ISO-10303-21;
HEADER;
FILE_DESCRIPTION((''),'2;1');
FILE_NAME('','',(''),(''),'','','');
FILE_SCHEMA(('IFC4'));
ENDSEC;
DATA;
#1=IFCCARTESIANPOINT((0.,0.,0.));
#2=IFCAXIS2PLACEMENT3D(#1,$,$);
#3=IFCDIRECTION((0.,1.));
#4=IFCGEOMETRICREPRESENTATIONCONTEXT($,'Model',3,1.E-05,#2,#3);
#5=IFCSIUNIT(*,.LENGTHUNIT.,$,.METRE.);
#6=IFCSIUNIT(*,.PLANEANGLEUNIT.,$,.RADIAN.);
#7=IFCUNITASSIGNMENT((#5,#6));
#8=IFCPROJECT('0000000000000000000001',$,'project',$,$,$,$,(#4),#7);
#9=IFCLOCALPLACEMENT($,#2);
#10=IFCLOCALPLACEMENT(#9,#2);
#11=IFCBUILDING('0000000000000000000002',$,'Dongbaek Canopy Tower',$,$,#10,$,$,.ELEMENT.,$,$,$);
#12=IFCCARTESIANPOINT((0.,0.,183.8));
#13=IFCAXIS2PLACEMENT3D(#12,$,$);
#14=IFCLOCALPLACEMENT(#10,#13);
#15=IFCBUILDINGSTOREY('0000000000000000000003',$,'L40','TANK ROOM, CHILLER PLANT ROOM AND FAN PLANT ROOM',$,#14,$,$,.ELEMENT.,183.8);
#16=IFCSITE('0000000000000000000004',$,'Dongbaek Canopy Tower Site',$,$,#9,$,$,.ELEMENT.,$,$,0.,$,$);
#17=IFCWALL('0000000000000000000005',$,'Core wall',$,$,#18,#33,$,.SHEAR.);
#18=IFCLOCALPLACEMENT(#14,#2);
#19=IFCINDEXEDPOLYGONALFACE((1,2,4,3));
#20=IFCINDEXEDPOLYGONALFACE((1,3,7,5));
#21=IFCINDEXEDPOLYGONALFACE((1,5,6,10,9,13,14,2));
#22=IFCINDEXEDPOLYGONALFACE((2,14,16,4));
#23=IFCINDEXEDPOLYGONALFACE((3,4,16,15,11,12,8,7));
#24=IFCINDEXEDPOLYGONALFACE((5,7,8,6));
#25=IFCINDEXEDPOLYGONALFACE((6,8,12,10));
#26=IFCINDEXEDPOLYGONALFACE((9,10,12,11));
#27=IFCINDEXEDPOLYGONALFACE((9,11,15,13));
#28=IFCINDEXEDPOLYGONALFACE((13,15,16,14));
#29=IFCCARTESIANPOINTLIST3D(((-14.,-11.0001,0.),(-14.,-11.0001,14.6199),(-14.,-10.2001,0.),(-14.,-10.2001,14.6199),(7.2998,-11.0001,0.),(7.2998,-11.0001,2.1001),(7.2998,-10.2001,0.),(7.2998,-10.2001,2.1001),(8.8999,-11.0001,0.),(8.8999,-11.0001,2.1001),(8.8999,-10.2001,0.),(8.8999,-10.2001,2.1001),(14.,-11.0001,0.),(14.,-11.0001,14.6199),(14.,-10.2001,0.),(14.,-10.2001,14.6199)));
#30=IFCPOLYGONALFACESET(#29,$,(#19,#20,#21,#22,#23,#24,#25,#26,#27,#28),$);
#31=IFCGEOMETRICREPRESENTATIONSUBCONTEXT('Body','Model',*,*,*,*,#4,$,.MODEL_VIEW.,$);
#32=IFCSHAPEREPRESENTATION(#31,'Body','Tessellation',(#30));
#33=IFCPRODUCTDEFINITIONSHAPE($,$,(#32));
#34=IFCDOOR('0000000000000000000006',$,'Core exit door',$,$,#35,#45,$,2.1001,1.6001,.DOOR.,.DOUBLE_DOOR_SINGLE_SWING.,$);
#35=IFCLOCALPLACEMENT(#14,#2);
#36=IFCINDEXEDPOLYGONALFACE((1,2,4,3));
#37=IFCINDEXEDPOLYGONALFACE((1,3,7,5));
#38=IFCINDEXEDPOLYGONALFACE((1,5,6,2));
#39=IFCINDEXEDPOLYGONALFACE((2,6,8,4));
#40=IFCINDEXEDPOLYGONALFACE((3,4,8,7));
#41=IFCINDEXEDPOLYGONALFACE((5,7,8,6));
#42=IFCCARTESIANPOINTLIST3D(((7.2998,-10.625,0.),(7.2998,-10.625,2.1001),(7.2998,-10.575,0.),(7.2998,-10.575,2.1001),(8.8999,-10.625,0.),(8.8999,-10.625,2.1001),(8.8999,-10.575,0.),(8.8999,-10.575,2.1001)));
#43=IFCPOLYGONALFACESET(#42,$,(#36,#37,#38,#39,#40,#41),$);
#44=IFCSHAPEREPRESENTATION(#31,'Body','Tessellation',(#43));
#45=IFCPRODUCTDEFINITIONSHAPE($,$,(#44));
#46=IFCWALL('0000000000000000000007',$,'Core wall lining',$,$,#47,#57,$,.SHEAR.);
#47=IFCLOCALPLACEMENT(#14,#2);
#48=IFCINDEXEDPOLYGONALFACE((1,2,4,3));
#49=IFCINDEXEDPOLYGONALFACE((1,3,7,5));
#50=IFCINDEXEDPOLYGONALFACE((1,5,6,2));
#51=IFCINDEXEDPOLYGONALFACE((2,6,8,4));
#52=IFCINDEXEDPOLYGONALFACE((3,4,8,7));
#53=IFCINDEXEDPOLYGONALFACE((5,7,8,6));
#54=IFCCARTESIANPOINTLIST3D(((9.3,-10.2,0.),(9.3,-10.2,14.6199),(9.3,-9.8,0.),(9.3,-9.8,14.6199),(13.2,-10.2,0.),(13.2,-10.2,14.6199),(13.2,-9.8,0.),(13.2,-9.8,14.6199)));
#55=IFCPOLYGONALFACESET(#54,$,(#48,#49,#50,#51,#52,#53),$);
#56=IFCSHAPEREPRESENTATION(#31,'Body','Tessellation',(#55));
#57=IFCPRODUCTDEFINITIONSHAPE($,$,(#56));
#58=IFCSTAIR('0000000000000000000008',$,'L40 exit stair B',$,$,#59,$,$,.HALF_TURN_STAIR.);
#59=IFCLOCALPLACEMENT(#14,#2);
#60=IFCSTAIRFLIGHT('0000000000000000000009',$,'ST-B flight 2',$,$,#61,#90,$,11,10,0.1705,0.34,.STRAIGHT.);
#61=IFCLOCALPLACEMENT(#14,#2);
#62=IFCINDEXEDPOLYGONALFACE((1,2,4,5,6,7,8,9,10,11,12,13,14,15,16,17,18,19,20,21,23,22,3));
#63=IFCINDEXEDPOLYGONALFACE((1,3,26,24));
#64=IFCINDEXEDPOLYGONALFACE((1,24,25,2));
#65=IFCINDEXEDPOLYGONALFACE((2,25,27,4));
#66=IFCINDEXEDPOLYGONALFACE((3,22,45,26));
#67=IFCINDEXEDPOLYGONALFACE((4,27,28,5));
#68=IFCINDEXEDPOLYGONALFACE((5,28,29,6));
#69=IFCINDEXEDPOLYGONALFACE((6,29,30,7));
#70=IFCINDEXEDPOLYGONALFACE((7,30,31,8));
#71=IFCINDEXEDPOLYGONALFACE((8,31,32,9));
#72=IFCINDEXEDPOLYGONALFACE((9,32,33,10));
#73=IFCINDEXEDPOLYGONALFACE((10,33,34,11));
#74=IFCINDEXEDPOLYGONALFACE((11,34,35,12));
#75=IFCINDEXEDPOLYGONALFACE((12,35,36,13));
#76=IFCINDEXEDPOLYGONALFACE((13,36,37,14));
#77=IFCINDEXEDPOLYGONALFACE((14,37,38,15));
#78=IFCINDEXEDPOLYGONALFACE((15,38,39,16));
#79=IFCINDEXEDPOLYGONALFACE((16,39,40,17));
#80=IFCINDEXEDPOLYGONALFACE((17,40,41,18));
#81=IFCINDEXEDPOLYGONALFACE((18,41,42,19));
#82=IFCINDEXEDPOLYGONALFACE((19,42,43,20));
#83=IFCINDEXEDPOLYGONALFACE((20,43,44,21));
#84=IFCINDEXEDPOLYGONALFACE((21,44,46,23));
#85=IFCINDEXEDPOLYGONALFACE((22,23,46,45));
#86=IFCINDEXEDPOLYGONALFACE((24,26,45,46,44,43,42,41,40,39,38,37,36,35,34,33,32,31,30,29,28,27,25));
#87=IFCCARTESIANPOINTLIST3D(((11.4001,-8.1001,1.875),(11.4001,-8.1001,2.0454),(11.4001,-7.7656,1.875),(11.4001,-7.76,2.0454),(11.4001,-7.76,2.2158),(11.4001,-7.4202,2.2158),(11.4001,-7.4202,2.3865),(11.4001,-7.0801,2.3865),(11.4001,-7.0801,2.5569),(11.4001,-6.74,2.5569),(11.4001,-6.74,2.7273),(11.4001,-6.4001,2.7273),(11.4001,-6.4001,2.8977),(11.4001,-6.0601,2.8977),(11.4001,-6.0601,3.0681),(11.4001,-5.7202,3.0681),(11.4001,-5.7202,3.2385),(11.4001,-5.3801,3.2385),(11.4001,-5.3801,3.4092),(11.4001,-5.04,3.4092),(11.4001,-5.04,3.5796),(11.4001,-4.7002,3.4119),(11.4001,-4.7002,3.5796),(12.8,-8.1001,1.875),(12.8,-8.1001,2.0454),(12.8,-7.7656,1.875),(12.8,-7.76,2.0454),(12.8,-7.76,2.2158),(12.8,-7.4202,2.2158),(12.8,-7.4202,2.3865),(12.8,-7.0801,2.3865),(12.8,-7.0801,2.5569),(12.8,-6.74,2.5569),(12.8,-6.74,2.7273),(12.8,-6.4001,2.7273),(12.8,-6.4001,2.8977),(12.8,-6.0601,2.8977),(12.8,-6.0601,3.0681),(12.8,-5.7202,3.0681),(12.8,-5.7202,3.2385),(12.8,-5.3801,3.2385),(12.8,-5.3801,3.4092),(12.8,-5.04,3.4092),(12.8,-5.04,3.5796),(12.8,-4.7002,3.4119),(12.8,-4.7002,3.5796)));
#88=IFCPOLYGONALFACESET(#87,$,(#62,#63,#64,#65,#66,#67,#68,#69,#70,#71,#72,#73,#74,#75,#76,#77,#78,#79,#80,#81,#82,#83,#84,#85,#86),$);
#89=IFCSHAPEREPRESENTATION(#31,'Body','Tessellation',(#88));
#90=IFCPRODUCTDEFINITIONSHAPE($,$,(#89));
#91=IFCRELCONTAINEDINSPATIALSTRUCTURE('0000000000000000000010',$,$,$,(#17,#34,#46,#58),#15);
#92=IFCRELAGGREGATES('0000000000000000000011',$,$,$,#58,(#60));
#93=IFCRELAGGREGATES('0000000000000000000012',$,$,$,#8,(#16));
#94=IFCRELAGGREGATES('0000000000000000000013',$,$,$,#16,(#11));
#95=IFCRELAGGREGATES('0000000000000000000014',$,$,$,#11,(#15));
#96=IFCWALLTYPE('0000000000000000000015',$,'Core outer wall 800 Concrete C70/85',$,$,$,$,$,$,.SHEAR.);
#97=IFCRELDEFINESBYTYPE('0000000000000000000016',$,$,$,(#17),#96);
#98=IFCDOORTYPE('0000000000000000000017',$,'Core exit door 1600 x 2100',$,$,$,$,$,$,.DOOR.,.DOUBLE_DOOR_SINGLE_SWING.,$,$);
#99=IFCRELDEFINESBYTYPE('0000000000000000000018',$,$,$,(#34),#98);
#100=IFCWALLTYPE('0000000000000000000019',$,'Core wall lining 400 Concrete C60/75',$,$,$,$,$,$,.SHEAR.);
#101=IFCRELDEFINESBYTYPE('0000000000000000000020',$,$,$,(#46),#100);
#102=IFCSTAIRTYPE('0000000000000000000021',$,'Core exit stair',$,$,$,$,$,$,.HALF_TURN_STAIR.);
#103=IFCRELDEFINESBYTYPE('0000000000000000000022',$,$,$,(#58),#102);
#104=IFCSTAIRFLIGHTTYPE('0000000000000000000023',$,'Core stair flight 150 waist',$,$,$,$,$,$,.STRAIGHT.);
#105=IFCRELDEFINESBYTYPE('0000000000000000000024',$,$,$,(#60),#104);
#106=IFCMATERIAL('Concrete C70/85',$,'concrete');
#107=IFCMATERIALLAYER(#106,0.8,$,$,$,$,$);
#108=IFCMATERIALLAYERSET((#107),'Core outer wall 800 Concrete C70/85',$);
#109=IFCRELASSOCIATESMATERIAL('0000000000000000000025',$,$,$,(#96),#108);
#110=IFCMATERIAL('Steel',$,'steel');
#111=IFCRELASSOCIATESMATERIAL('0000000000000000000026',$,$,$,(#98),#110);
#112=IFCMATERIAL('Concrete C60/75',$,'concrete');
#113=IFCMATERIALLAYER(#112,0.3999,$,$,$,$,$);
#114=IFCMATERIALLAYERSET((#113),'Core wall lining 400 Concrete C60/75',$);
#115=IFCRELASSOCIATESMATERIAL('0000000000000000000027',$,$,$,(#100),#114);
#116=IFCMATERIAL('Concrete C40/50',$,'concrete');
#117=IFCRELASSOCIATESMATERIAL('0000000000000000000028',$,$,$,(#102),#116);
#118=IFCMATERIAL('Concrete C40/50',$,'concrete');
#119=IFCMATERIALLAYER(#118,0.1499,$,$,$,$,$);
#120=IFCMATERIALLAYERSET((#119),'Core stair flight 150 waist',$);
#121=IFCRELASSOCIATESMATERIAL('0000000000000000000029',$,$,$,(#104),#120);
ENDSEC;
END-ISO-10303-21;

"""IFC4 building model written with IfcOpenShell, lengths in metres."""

from ifc_helpers import new_model, si_unit, direction, frame, frame_2d, origin, place, context, subcontext, project, spatial, polyline, rectangle, outline, extrude, material, layer, layer_set, type_object, element, fill, aggregate, save


model = new_model("IFC4")

# Units and contexts
model_context = context("Model", 3, precision=1e-05, world=origin(), true_north=direction((0.0, 1.0)))
body_context = subcontext(model_context, "Body", "Model", "MODEL_VIEW")
ifc_project = project(units=[si_unit("LENGTHUNIT", "METRE"), si_unit("PLANEANGLEUNIT", "RADIAN")], contexts=[model_context])

# Site, building, storey
site_placement = place(None, origin())
site = spatial("IfcSite", under=ifc_project, at=site_placement, Name="Dongbaek Canopy Tower Site", CompositionType="ELEMENT", RefElevation=0.0)
building_placement = place(site_placement, origin())
building = spatial("IfcBuilding", under=site, at=building_placement, Name="Dongbaek Canopy Tower", CompositionType="ELEMENT")
storey_placement = place(building_placement, frame((0.0, 0.0, 183.8)))
storey = spatial("IfcBuildingStorey", under=building, at=storey_placement, Name="L40", Description="TANK ROOM, CHILLER PLANT ROOM AND FAN PLANT ROOM", CompositionType="ELEMENT", Elevation=183.8)

# Wall, opening, door
ifc_material_1 = material(Name="Concrete C70/85", Category="concrete")
ifc_layer_1 = layer(ifc_material_1, 0.8)
ifc_layer_set_1 = layer_set([ifc_layer_1], Name="Core outer wall 800 Concrete C70/85")
wall_type_1 = type_object("IfcWallType", Name="Core outer wall 800 Concrete C70/85", PredefinedType="SHEAR", material=ifc_layer_set_1)
wall_1_placement = place(storey_placement, frame((14.0, -10.6001, 0.0), z_axis=(0.0, 0.0, 1.0), x_axis=(-1.0, 0.0, 0.0)))
wall_1 = element("IfcWall", 1, at=wall_1_placement, inside=storey, type_object=wall_type_1, Name="Core wall", PredefinedType="SHEAR", context=body_context, shape_type="SweptSolid", body=[
    extrude(rectangle(XDim=28.0, YDim=0.8, at=frame_2d((14.0, 0.0))), origin(), (0.0, 0.0, 1.0), 14.6199),
])
opening_placement = place(wall_1_placement, frame((5.1001, 0.0, 0.0)))
opening = element("IfcOpeningElement", 2, at=opening_placement, cuts=wall_1, PredefinedType="OPENING", context=body_context, shape_type="SweptSolid", body=[
    extrude(rectangle(XDim=1.6001, YDim=2.1001, at=frame_2d((0.8, 1.05))), frame((0.0, 0.4099, 0.0), z_axis=(0.0, -1.0, 0.0), x_axis=(1.0, 0.0, 0.0)), (0.0, 0.0, 1.0), 0.8201),
])
ifc_material_2 = material(Name="Steel", Category="steel")
door_type = type_object("IfcDoorType", Name="Core exit door 1600 x 2100", OperationType="DOUBLE_DOOR_SINGLE_SWING", PredefinedType="DOOR", material=ifc_material_2)
door_placement = place(opening_placement, origin())
door = element("IfcDoor", 3, at=door_placement, inside=storey, type_object=door_type, Name="Core exit door", OperationType="DOUBLE_DOOR_SINGLE_SWING", OverallHeight=2.1001, OverallWidth=1.6001, PredefinedType="DOOR", context=body_context, shape_type="SweptSolid", body=[
    extrude(rectangle(XDim=1.6001, YDim=2.1001, at=frame_2d((0.8, 1.05))), frame((0.0, 0.0249, 0.0), z_axis=(0.0, -1.0, 0.0), x_axis=(1.0, 0.0, 0.0)), (0.0, 0.0, 1.0), 0.05),
])
fill(opening, door)

# Wall
ifc_material_3 = material(Name="Concrete C60/75", Category="concrete")
ifc_layer_2 = layer(ifc_material_3, 0.3999)
ifc_layer_set_2 = layer_set([ifc_layer_2], Name="Core wall lining 400 Concrete C60/75")
wall_type_2 = type_object("IfcWallType", Name="Core wall lining 400 Concrete C60/75", PredefinedType="SHEAR", material=ifc_layer_set_2)
wall_2_placement = place(storey_placement, frame((13.2, -10.0, 0.0), z_axis=(0.0, 0.0, 1.0), x_axis=(-1.0, 0.0, 0.0)))
element("IfcWall", 4, at=wall_2_placement, inside=storey, type_object=wall_type_2, Name="Core wall lining", PredefinedType="SHEAR", context=body_context, shape_type="SweptSolid", body=[
    extrude(rectangle(XDim=3.8999, YDim=0.3999, at=frame_2d((1.95, 0.0))), origin(), (0.0, 0.0, 1.0), 14.6199),
])

# Stair, stair flight
ifc_material_4 = material(Name="Concrete C40/50", Category="concrete")
stair_type = type_object("IfcStairType", Name="Core exit stair", PredefinedType="HALF_TURN_STAIR", material=ifc_material_4)
stair_placement = place(storey_placement, origin())
stair = element("IfcStair", 5, at=stair_placement, inside=storey, type_object=stair_type, Name="L40 exit stair B", PredefinedType="HALF_TURN_STAIR")
ifc_material_5 = material(Name="Concrete C40/50", Category="concrete")
ifc_layer_3 = layer(ifc_material_5, 0.1499)
ifc_layer_set_3 = layer_set([ifc_layer_3], Name="Core stair flight 150 waist")
stair_flight_type = type_object("IfcStairFlightType", Name="Core stair flight 150 waist", PredefinedType="STRAIGHT", material=ifc_layer_set_3)
stair_flight_placement = place(storey_placement, frame((12.1001, -8.1001, 1.875), z_axis=(0.0, 0.0, 1.0), x_axis=(0.0, 1.0, 0.0)))
stair_flight = element("IfcStairFlight", 6, at=stair_flight_placement, type_object=stair_flight_type, Name="ST-B flight 2", NumberOfRisers=11, NumberOfTreads=10, PredefinedType="STRAIGHT", RiserHeight=0.1705, TreadLength=0.34, context=body_context, shape_type="SweptSolid", body=[
    extrude(outline(polyline([(0.0, 0.0), (0.0, 0.1704), (0.3401, 0.1704), (0.3401, 0.3408), (0.6799, 0.3408), (0.6799, 0.5115), (1.02, 0.5115), (1.02, 0.6819), (1.3601, 0.6819), (1.3601, 0.8523), (1.7, 0.8523), (1.7, 1.0227), (2.04, 1.0227), (2.04, 1.1931), (2.3799, 1.1931), (2.3799, 1.3635), (2.72, 1.3635), (2.72, 1.5342), (3.0601, 1.5342), (3.0601, 1.7046), (3.3999, 1.7046), (3.3999, 1.875), (3.3999, 1.5369), (0.3345, 0.0), (0.0, 0.0)])), frame((0.0, 0.7, 0.0), z_axis=(0.0, -1.0, 0.0), x_axis=(1.0, 0.0, 0.0)), (0.0, 0.0, 1.0), 1.3999),
])
aggregate(stair, [stair_flight])

save(model, "model.ifc")
